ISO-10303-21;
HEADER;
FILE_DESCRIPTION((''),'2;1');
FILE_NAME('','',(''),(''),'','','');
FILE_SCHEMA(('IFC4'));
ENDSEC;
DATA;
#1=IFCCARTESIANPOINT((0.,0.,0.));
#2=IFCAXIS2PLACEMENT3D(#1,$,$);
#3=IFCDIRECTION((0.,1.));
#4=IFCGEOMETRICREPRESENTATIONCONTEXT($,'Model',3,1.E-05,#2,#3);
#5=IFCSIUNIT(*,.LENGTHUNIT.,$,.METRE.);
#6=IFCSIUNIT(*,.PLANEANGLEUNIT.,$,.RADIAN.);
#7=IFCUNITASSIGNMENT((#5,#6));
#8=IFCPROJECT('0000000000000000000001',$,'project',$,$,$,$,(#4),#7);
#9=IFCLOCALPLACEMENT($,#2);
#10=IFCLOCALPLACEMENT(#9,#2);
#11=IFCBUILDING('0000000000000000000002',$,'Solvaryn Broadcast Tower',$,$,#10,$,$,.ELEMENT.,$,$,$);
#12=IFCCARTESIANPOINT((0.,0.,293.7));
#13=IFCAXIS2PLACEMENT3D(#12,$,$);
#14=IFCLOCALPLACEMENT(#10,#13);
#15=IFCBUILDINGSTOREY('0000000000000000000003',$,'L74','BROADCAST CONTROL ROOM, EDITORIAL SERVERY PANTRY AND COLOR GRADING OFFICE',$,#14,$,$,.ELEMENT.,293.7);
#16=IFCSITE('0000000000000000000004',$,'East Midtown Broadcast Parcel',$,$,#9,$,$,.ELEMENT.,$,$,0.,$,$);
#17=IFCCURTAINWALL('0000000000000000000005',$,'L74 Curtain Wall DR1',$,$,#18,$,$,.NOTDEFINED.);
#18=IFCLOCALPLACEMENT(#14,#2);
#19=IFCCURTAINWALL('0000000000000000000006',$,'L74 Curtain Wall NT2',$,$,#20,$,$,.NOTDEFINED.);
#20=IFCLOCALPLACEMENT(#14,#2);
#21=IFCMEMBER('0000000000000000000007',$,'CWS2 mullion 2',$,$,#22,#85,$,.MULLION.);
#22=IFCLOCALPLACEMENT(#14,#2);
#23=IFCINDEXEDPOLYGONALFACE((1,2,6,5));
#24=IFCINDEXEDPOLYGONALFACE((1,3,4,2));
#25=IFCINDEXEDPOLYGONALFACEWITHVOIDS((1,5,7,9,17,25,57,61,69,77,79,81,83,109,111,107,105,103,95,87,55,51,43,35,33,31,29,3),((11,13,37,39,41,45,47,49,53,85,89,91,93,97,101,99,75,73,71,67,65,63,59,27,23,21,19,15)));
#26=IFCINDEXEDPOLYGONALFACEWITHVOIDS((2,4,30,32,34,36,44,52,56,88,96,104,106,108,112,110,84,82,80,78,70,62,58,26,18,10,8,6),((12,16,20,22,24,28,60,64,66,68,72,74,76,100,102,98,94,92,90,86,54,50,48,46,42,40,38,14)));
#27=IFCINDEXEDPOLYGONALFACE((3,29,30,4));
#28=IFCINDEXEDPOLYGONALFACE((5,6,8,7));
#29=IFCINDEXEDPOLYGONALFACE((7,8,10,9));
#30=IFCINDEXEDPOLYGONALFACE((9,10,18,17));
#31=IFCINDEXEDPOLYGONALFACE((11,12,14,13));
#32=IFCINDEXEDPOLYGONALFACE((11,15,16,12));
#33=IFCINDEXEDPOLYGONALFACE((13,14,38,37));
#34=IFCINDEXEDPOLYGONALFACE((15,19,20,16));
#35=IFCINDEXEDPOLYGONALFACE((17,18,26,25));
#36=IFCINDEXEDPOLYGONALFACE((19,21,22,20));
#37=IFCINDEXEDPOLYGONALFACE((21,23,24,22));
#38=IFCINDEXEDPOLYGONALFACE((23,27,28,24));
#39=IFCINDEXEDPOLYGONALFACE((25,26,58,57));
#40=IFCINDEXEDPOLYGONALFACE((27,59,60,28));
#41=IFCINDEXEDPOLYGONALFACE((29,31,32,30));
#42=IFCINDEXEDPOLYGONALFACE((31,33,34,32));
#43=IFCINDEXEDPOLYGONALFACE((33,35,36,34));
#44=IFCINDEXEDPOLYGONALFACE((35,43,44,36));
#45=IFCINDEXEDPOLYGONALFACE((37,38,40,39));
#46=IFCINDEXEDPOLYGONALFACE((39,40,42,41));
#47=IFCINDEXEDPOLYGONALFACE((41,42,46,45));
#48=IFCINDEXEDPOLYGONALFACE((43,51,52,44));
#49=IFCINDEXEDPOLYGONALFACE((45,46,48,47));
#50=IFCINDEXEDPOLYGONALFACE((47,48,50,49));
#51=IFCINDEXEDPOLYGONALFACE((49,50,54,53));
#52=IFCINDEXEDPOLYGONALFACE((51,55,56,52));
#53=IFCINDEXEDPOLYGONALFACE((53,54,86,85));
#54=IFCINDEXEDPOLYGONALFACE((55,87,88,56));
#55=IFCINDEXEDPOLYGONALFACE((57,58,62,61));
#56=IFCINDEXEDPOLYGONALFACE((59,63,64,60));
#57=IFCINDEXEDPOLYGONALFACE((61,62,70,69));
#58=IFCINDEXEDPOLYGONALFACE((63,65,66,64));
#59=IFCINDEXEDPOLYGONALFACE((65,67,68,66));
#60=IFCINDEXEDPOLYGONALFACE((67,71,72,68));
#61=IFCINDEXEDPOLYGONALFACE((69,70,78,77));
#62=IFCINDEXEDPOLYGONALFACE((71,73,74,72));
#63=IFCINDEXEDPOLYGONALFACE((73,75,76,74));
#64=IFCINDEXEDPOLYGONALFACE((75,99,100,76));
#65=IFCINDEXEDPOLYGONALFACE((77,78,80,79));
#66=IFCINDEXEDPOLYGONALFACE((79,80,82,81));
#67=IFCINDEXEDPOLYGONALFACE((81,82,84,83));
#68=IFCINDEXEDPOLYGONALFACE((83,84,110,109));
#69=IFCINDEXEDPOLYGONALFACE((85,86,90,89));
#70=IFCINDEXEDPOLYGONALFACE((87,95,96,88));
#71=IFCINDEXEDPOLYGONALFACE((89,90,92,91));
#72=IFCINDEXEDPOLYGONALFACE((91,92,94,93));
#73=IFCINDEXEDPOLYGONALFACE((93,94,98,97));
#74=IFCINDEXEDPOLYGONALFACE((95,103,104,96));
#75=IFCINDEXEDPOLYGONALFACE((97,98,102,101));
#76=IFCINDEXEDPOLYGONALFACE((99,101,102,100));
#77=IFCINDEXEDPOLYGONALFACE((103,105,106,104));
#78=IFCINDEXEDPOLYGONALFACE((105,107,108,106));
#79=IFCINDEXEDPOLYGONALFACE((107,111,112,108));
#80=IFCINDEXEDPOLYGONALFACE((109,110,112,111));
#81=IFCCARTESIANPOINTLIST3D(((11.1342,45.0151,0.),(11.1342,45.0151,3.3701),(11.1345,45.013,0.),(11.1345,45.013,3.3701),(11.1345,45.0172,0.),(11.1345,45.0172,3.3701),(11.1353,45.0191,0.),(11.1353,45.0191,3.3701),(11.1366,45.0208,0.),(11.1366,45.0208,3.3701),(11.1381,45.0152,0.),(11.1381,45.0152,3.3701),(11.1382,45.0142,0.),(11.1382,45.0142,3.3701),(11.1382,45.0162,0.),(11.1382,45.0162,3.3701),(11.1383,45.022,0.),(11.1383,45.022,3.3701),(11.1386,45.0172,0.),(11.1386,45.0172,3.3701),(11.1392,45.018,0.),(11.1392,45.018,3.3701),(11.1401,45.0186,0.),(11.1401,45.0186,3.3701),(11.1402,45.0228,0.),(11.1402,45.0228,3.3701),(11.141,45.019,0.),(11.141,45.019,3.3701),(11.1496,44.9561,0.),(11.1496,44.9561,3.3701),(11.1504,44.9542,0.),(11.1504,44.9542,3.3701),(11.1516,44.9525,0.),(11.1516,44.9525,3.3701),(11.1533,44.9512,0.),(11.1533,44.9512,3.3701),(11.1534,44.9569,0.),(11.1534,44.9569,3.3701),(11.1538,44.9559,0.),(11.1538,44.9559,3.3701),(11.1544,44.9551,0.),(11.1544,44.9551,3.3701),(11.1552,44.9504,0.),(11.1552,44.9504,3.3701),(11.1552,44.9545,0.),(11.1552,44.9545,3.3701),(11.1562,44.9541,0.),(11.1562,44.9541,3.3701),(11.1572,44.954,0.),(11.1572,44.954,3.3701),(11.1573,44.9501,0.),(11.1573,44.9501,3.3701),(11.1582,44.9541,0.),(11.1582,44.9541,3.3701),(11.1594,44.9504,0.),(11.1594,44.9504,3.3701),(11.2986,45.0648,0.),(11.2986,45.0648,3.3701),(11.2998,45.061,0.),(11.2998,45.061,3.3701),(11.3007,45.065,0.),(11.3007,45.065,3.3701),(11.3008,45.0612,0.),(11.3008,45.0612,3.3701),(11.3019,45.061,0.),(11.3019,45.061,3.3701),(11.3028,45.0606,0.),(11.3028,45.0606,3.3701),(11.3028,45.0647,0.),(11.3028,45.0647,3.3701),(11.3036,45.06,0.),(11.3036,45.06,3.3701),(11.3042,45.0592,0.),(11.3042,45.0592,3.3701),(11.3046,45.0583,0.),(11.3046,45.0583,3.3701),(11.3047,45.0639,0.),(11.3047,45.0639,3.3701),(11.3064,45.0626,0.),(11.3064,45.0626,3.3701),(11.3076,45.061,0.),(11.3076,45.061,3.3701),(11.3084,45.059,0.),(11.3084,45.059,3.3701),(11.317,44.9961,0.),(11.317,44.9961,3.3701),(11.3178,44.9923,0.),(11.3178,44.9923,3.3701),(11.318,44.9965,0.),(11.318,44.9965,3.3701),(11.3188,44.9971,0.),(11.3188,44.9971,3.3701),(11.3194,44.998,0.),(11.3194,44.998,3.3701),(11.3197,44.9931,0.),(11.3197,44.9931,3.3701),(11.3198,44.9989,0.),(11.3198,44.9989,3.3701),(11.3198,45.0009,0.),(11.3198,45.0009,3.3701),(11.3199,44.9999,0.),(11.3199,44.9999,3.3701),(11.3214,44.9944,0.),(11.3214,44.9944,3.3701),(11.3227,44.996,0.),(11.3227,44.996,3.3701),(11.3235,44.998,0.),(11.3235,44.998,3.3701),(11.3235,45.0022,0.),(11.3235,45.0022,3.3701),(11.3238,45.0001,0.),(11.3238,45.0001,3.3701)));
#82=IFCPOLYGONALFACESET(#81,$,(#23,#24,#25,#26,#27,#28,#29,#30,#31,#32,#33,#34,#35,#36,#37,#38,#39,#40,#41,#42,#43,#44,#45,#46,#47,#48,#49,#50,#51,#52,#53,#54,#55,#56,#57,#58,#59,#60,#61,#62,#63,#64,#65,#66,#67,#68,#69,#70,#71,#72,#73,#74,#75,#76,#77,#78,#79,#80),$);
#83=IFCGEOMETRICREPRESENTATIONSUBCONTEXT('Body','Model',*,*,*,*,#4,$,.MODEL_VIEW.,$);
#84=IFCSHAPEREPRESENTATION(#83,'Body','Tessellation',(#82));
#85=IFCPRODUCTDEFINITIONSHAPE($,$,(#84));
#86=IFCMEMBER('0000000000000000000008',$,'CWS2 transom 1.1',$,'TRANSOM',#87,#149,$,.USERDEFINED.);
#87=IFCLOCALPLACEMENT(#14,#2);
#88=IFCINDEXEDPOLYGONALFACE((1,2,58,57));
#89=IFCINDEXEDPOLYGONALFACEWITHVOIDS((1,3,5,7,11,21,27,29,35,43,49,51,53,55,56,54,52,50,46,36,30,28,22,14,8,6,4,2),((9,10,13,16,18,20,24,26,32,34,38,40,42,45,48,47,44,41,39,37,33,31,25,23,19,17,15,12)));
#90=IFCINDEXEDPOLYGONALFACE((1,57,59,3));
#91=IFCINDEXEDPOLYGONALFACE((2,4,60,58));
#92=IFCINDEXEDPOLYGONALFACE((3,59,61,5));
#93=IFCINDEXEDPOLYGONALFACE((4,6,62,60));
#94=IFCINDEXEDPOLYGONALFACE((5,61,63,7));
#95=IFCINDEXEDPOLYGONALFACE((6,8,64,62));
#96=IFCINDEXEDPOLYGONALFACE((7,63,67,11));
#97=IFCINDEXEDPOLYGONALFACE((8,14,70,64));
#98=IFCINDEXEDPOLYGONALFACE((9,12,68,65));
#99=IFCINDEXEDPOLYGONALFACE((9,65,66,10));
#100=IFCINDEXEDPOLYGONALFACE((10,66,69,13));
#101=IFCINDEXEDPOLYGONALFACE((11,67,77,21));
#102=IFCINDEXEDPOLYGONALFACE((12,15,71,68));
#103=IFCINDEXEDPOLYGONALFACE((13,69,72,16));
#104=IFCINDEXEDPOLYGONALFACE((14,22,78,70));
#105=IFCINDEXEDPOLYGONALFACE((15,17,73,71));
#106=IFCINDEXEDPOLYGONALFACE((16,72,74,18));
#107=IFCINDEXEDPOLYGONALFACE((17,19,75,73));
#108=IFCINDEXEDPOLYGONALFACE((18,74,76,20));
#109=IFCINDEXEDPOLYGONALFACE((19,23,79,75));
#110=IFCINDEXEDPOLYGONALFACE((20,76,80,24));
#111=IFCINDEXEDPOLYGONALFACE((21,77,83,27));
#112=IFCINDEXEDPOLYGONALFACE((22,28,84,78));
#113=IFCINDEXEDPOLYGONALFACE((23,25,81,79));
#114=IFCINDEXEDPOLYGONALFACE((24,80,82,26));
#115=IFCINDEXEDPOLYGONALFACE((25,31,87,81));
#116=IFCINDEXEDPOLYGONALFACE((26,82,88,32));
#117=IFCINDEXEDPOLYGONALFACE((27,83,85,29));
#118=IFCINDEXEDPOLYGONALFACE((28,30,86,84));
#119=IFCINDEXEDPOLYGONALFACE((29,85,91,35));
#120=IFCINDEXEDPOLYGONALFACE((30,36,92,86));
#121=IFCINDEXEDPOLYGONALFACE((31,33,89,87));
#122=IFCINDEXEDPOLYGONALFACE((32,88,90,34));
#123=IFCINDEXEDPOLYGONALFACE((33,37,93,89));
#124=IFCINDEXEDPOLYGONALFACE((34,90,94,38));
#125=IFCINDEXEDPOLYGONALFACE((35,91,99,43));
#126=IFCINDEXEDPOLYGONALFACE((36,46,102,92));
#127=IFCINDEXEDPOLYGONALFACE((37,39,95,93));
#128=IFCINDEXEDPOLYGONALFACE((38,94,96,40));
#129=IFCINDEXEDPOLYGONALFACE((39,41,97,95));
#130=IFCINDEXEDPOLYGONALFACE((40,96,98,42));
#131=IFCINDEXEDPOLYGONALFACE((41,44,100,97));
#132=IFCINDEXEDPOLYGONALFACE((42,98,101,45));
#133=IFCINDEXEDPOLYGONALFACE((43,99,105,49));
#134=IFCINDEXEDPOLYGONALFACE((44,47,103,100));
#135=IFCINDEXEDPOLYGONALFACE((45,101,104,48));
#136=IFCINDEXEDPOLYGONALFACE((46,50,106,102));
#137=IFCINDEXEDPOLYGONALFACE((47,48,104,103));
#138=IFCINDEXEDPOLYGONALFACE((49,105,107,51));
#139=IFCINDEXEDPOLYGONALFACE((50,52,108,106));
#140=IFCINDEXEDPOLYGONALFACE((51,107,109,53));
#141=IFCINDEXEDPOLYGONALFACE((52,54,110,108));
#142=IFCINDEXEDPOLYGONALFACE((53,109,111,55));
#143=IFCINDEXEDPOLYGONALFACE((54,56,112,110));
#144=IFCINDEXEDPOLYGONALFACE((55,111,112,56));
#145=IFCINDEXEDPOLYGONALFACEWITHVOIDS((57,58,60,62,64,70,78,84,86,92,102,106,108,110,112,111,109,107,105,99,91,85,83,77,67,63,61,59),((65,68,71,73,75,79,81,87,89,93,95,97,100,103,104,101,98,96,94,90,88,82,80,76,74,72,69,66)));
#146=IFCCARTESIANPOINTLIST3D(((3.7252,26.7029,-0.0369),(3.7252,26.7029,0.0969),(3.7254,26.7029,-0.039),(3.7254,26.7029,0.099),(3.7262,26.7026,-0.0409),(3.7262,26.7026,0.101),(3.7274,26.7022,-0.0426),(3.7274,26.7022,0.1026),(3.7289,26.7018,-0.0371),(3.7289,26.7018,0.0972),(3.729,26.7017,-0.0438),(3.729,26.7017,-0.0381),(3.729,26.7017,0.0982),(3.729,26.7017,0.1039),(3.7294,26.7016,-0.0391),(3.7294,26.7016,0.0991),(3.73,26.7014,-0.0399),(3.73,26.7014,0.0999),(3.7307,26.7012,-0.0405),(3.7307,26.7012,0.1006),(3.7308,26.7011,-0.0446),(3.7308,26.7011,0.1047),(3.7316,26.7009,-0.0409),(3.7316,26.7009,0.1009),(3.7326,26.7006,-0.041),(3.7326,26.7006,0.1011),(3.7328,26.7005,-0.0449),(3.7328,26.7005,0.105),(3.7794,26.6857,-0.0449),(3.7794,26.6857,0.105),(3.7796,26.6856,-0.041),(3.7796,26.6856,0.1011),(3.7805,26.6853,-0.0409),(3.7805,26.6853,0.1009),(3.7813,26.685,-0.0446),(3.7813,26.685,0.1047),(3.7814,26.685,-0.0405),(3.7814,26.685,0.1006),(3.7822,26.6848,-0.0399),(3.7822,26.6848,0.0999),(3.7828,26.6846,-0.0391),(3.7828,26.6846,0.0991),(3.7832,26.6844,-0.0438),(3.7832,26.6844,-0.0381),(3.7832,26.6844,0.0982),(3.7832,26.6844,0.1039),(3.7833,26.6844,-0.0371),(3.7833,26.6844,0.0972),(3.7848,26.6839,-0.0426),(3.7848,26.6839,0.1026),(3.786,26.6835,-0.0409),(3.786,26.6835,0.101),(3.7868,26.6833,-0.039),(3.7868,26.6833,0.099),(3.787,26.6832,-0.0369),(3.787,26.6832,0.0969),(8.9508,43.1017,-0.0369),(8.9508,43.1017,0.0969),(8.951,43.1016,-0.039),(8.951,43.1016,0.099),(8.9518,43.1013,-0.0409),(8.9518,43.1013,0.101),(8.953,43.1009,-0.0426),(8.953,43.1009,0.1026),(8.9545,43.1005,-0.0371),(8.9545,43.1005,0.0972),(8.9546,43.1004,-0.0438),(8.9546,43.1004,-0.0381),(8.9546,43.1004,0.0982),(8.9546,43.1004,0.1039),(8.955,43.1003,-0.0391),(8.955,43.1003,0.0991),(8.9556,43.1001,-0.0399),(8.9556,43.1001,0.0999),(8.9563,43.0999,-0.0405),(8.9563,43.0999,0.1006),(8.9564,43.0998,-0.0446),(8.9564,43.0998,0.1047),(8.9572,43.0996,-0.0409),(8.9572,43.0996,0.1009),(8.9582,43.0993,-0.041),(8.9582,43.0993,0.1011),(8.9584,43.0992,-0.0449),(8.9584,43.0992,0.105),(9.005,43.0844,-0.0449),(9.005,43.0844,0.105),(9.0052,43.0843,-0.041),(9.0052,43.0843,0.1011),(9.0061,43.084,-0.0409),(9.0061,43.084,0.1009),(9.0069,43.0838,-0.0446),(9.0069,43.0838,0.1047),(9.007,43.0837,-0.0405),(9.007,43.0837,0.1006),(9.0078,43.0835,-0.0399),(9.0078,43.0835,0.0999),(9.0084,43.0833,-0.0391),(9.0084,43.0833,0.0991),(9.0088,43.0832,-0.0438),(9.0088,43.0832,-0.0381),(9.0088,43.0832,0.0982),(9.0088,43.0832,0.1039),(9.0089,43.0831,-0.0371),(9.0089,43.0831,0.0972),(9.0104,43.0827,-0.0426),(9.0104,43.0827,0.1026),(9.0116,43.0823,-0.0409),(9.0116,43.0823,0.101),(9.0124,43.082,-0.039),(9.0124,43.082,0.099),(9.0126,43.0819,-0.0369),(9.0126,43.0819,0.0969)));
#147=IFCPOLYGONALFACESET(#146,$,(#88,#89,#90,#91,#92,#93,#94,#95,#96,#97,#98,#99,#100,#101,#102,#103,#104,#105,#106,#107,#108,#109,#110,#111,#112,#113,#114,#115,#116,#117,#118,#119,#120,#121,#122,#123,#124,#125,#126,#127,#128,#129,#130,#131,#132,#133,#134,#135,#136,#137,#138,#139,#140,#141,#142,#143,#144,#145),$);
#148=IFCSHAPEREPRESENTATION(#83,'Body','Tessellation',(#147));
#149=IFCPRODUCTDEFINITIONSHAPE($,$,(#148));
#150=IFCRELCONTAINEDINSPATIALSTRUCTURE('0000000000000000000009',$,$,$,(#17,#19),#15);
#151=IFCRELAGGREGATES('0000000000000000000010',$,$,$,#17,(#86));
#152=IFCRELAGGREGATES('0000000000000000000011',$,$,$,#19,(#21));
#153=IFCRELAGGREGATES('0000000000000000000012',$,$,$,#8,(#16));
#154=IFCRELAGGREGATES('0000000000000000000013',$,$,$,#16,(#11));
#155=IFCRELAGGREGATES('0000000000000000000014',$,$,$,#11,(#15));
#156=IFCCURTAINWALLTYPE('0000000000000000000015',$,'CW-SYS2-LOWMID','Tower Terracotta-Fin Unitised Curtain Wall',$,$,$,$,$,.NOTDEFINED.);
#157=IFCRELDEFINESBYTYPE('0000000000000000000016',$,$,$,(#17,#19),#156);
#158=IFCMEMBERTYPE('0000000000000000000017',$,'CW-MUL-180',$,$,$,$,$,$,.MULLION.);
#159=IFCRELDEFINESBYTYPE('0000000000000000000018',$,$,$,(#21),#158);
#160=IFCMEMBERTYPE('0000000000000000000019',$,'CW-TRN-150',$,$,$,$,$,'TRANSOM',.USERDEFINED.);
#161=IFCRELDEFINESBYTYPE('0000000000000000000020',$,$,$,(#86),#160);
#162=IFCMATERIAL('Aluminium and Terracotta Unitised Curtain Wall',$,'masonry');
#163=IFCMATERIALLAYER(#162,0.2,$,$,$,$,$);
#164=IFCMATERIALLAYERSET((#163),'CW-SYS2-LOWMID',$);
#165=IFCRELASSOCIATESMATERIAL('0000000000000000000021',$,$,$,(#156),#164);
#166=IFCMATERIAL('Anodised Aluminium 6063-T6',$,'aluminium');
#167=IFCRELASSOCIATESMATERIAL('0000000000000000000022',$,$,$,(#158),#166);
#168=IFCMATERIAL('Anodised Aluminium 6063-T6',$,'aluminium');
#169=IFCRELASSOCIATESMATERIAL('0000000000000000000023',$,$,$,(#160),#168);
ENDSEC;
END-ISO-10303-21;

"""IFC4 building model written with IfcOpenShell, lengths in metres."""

from ifc_helpers import new_model, si_unit, direction, frame, origin, origin_2d, place, context, subcontext, project, spatial, hollow_rectangle, extrude, material, layer, layer_set, material_profile, profile_set, type_object, element, aggregate, save


model = new_model("IFC4")

# Units and contexts
model_context = context("Model", 3, precision=1e-05, world=origin(), true_north=direction((0.0, 1.0)))
body_context = subcontext(model_context, "Body", "Model", "MODEL_VIEW")
ifc_project = project(units=[si_unit("LENGTHUNIT", "METRE"), si_unit("PLANEANGLEUNIT", "RADIAN")], contexts=[model_context])

# Site, building, storey
site_placement = place(None, origin())
site = spatial("IfcSite", under=ifc_project, at=site_placement, Name="East Midtown Broadcast Parcel", CompositionType="ELEMENT", RefElevation=0.0)
building_placement = place(site_placement, origin())
building = spatial("IfcBuilding", under=site, at=building_placement, Name="Solvaryn Broadcast Tower", CompositionType="ELEMENT")
storey_placement = place(building_placement, frame((0.0, 0.0, 293.7)))
storey = spatial("IfcBuildingStorey", under=building, at=storey_placement, Name="L74", Description="BROADCAST CONTROL ROOM, EDITORIAL SERVERY PANTRY AND COLOR GRADING OFFICE", CompositionType="ELEMENT", Elevation=293.7)

# Curtain wall
ifc_material_1 = material(Name="Aluminium and Terracotta Unitised Curtain Wall", Category="masonry")
ifc_layer_1 = layer(ifc_material_1, 0.2)
ifc_layer_set_1 = layer_set([ifc_layer_1], Name="CW-SYS2-LOWMID")
curtain_wall_type = type_object("IfcCurtainWallType", Name="CW-SYS2-LOWMID", Description="Tower Terracotta-Fin Unitised Curtain Wall", PredefinedType="NOTDEFINED", material=ifc_layer_set_1)
curtain_wall_1_placement = place(storey_placement, origin())
curtain_wall_1 = element("IfcCurtainWall", 1, at=curtain_wall_1_placement, inside=storey, type_object=curtain_wall_type, Name="L74 Curtain Wall DR1", PredefinedType="NOTDEFINED")
ifc_material_2 = material(Name="Anodised Aluminium 6063-T6", Category="aluminium")
ifc_material_profile_1 = material_profile(ifc_material_2, hollow_rectangle(XDim=0.075, YDim=0.1799, WallThickness=0.0039, InnerFilletRadius=0.0039, OuterFilletRadius=0.0081, at=origin_2d()))
ifc_profile_set_1 = profile_set([ifc_material_profile_1], Name="Anodised Aluminium 6063-T6")
member_type_1 = type_object("IfcMemberType", Name="CW-MUL-180", PredefinedType="MULLION", material=ifc_profile_set_1)

# Curtain wall, member
curtain_wall_2_placement = place(storey_placement, origin())
curtain_wall_2 = element("IfcCurtainWall", 2, at=curtain_wall_2_placement, inside=storey, type_object=curtain_wall_type, Name="L74 Curtain Wall NT2", PredefinedType="NOTDEFINED")
member_1_placement = place(storey_placement, frame((11.229, 45.0076, 0.0), z_axis=(0.0, 0.0, 1.0), x_axis=(0.255893, -0.966705, 0.0)))
member_1 = element("IfcMember", 3, at=member_1_placement, type_object=member_type_1, Name="CWS2 mullion 2", PredefinedType="MULLION", context=body_context, shape_type="SweptSolid", body=[
    extrude(hollow_rectangle(XDim=0.075, YDim=0.1799, WallThickness=0.0039, InnerFilletRadius=0.0039, OuterFilletRadius=0.0081, at=origin_2d()), origin(), (0.0, 0.0, 1.0), 3.3701),
])

# Member
ifc_material_3 = material(Name="Anodised Aluminium 6063-T6", Category="aluminium")
ifc_material_profile_2 = material_profile(ifc_material_3, hollow_rectangle(XDim=0.0649, YDim=0.1499, WallThickness=0.0039, InnerFilletRadius=0.0039, OuterFilletRadius=0.0081, at=origin_2d()))
ifc_profile_set_2 = profile_set([ifc_material_profile_2], Name="Anodised Aluminium 6063-T6")
member_type_2 = type_object("IfcMemberType", Name="CW-TRN-150", ElementType="TRANSOM", PredefinedType="USERDEFINED", material=ifc_profile_set_2)
member_2_placement = place(storey_placement, frame((8.9817, 43.0918, 0.03), z_axis=(-0.303616, -0.952794, 0.0), x_axis=(0.952794, -0.303616, 0.0)))
member_2 = element("IfcMember", 4, at=member_2_placement, type_object=member_type_2, Name="CWS2 transom 1.1", ObjectType="TRANSOM", PredefinedType="USERDEFINED", context=body_context, shape_type="SweptSolid", body=[
    extrude(hollow_rectangle(XDim=0.0649, YDim=0.1499, WallThickness=0.0039, InnerFilletRadius=0.0039, OuterFilletRadius=0.0081, at=origin_2d()), origin(), (0.0, 0.0, 1.0), 17.2112),
])
aggregate(curtain_wall_1, [member_2])

aggregate(curtain_wall_2, [member_1])

save(model, "model.ifc")
